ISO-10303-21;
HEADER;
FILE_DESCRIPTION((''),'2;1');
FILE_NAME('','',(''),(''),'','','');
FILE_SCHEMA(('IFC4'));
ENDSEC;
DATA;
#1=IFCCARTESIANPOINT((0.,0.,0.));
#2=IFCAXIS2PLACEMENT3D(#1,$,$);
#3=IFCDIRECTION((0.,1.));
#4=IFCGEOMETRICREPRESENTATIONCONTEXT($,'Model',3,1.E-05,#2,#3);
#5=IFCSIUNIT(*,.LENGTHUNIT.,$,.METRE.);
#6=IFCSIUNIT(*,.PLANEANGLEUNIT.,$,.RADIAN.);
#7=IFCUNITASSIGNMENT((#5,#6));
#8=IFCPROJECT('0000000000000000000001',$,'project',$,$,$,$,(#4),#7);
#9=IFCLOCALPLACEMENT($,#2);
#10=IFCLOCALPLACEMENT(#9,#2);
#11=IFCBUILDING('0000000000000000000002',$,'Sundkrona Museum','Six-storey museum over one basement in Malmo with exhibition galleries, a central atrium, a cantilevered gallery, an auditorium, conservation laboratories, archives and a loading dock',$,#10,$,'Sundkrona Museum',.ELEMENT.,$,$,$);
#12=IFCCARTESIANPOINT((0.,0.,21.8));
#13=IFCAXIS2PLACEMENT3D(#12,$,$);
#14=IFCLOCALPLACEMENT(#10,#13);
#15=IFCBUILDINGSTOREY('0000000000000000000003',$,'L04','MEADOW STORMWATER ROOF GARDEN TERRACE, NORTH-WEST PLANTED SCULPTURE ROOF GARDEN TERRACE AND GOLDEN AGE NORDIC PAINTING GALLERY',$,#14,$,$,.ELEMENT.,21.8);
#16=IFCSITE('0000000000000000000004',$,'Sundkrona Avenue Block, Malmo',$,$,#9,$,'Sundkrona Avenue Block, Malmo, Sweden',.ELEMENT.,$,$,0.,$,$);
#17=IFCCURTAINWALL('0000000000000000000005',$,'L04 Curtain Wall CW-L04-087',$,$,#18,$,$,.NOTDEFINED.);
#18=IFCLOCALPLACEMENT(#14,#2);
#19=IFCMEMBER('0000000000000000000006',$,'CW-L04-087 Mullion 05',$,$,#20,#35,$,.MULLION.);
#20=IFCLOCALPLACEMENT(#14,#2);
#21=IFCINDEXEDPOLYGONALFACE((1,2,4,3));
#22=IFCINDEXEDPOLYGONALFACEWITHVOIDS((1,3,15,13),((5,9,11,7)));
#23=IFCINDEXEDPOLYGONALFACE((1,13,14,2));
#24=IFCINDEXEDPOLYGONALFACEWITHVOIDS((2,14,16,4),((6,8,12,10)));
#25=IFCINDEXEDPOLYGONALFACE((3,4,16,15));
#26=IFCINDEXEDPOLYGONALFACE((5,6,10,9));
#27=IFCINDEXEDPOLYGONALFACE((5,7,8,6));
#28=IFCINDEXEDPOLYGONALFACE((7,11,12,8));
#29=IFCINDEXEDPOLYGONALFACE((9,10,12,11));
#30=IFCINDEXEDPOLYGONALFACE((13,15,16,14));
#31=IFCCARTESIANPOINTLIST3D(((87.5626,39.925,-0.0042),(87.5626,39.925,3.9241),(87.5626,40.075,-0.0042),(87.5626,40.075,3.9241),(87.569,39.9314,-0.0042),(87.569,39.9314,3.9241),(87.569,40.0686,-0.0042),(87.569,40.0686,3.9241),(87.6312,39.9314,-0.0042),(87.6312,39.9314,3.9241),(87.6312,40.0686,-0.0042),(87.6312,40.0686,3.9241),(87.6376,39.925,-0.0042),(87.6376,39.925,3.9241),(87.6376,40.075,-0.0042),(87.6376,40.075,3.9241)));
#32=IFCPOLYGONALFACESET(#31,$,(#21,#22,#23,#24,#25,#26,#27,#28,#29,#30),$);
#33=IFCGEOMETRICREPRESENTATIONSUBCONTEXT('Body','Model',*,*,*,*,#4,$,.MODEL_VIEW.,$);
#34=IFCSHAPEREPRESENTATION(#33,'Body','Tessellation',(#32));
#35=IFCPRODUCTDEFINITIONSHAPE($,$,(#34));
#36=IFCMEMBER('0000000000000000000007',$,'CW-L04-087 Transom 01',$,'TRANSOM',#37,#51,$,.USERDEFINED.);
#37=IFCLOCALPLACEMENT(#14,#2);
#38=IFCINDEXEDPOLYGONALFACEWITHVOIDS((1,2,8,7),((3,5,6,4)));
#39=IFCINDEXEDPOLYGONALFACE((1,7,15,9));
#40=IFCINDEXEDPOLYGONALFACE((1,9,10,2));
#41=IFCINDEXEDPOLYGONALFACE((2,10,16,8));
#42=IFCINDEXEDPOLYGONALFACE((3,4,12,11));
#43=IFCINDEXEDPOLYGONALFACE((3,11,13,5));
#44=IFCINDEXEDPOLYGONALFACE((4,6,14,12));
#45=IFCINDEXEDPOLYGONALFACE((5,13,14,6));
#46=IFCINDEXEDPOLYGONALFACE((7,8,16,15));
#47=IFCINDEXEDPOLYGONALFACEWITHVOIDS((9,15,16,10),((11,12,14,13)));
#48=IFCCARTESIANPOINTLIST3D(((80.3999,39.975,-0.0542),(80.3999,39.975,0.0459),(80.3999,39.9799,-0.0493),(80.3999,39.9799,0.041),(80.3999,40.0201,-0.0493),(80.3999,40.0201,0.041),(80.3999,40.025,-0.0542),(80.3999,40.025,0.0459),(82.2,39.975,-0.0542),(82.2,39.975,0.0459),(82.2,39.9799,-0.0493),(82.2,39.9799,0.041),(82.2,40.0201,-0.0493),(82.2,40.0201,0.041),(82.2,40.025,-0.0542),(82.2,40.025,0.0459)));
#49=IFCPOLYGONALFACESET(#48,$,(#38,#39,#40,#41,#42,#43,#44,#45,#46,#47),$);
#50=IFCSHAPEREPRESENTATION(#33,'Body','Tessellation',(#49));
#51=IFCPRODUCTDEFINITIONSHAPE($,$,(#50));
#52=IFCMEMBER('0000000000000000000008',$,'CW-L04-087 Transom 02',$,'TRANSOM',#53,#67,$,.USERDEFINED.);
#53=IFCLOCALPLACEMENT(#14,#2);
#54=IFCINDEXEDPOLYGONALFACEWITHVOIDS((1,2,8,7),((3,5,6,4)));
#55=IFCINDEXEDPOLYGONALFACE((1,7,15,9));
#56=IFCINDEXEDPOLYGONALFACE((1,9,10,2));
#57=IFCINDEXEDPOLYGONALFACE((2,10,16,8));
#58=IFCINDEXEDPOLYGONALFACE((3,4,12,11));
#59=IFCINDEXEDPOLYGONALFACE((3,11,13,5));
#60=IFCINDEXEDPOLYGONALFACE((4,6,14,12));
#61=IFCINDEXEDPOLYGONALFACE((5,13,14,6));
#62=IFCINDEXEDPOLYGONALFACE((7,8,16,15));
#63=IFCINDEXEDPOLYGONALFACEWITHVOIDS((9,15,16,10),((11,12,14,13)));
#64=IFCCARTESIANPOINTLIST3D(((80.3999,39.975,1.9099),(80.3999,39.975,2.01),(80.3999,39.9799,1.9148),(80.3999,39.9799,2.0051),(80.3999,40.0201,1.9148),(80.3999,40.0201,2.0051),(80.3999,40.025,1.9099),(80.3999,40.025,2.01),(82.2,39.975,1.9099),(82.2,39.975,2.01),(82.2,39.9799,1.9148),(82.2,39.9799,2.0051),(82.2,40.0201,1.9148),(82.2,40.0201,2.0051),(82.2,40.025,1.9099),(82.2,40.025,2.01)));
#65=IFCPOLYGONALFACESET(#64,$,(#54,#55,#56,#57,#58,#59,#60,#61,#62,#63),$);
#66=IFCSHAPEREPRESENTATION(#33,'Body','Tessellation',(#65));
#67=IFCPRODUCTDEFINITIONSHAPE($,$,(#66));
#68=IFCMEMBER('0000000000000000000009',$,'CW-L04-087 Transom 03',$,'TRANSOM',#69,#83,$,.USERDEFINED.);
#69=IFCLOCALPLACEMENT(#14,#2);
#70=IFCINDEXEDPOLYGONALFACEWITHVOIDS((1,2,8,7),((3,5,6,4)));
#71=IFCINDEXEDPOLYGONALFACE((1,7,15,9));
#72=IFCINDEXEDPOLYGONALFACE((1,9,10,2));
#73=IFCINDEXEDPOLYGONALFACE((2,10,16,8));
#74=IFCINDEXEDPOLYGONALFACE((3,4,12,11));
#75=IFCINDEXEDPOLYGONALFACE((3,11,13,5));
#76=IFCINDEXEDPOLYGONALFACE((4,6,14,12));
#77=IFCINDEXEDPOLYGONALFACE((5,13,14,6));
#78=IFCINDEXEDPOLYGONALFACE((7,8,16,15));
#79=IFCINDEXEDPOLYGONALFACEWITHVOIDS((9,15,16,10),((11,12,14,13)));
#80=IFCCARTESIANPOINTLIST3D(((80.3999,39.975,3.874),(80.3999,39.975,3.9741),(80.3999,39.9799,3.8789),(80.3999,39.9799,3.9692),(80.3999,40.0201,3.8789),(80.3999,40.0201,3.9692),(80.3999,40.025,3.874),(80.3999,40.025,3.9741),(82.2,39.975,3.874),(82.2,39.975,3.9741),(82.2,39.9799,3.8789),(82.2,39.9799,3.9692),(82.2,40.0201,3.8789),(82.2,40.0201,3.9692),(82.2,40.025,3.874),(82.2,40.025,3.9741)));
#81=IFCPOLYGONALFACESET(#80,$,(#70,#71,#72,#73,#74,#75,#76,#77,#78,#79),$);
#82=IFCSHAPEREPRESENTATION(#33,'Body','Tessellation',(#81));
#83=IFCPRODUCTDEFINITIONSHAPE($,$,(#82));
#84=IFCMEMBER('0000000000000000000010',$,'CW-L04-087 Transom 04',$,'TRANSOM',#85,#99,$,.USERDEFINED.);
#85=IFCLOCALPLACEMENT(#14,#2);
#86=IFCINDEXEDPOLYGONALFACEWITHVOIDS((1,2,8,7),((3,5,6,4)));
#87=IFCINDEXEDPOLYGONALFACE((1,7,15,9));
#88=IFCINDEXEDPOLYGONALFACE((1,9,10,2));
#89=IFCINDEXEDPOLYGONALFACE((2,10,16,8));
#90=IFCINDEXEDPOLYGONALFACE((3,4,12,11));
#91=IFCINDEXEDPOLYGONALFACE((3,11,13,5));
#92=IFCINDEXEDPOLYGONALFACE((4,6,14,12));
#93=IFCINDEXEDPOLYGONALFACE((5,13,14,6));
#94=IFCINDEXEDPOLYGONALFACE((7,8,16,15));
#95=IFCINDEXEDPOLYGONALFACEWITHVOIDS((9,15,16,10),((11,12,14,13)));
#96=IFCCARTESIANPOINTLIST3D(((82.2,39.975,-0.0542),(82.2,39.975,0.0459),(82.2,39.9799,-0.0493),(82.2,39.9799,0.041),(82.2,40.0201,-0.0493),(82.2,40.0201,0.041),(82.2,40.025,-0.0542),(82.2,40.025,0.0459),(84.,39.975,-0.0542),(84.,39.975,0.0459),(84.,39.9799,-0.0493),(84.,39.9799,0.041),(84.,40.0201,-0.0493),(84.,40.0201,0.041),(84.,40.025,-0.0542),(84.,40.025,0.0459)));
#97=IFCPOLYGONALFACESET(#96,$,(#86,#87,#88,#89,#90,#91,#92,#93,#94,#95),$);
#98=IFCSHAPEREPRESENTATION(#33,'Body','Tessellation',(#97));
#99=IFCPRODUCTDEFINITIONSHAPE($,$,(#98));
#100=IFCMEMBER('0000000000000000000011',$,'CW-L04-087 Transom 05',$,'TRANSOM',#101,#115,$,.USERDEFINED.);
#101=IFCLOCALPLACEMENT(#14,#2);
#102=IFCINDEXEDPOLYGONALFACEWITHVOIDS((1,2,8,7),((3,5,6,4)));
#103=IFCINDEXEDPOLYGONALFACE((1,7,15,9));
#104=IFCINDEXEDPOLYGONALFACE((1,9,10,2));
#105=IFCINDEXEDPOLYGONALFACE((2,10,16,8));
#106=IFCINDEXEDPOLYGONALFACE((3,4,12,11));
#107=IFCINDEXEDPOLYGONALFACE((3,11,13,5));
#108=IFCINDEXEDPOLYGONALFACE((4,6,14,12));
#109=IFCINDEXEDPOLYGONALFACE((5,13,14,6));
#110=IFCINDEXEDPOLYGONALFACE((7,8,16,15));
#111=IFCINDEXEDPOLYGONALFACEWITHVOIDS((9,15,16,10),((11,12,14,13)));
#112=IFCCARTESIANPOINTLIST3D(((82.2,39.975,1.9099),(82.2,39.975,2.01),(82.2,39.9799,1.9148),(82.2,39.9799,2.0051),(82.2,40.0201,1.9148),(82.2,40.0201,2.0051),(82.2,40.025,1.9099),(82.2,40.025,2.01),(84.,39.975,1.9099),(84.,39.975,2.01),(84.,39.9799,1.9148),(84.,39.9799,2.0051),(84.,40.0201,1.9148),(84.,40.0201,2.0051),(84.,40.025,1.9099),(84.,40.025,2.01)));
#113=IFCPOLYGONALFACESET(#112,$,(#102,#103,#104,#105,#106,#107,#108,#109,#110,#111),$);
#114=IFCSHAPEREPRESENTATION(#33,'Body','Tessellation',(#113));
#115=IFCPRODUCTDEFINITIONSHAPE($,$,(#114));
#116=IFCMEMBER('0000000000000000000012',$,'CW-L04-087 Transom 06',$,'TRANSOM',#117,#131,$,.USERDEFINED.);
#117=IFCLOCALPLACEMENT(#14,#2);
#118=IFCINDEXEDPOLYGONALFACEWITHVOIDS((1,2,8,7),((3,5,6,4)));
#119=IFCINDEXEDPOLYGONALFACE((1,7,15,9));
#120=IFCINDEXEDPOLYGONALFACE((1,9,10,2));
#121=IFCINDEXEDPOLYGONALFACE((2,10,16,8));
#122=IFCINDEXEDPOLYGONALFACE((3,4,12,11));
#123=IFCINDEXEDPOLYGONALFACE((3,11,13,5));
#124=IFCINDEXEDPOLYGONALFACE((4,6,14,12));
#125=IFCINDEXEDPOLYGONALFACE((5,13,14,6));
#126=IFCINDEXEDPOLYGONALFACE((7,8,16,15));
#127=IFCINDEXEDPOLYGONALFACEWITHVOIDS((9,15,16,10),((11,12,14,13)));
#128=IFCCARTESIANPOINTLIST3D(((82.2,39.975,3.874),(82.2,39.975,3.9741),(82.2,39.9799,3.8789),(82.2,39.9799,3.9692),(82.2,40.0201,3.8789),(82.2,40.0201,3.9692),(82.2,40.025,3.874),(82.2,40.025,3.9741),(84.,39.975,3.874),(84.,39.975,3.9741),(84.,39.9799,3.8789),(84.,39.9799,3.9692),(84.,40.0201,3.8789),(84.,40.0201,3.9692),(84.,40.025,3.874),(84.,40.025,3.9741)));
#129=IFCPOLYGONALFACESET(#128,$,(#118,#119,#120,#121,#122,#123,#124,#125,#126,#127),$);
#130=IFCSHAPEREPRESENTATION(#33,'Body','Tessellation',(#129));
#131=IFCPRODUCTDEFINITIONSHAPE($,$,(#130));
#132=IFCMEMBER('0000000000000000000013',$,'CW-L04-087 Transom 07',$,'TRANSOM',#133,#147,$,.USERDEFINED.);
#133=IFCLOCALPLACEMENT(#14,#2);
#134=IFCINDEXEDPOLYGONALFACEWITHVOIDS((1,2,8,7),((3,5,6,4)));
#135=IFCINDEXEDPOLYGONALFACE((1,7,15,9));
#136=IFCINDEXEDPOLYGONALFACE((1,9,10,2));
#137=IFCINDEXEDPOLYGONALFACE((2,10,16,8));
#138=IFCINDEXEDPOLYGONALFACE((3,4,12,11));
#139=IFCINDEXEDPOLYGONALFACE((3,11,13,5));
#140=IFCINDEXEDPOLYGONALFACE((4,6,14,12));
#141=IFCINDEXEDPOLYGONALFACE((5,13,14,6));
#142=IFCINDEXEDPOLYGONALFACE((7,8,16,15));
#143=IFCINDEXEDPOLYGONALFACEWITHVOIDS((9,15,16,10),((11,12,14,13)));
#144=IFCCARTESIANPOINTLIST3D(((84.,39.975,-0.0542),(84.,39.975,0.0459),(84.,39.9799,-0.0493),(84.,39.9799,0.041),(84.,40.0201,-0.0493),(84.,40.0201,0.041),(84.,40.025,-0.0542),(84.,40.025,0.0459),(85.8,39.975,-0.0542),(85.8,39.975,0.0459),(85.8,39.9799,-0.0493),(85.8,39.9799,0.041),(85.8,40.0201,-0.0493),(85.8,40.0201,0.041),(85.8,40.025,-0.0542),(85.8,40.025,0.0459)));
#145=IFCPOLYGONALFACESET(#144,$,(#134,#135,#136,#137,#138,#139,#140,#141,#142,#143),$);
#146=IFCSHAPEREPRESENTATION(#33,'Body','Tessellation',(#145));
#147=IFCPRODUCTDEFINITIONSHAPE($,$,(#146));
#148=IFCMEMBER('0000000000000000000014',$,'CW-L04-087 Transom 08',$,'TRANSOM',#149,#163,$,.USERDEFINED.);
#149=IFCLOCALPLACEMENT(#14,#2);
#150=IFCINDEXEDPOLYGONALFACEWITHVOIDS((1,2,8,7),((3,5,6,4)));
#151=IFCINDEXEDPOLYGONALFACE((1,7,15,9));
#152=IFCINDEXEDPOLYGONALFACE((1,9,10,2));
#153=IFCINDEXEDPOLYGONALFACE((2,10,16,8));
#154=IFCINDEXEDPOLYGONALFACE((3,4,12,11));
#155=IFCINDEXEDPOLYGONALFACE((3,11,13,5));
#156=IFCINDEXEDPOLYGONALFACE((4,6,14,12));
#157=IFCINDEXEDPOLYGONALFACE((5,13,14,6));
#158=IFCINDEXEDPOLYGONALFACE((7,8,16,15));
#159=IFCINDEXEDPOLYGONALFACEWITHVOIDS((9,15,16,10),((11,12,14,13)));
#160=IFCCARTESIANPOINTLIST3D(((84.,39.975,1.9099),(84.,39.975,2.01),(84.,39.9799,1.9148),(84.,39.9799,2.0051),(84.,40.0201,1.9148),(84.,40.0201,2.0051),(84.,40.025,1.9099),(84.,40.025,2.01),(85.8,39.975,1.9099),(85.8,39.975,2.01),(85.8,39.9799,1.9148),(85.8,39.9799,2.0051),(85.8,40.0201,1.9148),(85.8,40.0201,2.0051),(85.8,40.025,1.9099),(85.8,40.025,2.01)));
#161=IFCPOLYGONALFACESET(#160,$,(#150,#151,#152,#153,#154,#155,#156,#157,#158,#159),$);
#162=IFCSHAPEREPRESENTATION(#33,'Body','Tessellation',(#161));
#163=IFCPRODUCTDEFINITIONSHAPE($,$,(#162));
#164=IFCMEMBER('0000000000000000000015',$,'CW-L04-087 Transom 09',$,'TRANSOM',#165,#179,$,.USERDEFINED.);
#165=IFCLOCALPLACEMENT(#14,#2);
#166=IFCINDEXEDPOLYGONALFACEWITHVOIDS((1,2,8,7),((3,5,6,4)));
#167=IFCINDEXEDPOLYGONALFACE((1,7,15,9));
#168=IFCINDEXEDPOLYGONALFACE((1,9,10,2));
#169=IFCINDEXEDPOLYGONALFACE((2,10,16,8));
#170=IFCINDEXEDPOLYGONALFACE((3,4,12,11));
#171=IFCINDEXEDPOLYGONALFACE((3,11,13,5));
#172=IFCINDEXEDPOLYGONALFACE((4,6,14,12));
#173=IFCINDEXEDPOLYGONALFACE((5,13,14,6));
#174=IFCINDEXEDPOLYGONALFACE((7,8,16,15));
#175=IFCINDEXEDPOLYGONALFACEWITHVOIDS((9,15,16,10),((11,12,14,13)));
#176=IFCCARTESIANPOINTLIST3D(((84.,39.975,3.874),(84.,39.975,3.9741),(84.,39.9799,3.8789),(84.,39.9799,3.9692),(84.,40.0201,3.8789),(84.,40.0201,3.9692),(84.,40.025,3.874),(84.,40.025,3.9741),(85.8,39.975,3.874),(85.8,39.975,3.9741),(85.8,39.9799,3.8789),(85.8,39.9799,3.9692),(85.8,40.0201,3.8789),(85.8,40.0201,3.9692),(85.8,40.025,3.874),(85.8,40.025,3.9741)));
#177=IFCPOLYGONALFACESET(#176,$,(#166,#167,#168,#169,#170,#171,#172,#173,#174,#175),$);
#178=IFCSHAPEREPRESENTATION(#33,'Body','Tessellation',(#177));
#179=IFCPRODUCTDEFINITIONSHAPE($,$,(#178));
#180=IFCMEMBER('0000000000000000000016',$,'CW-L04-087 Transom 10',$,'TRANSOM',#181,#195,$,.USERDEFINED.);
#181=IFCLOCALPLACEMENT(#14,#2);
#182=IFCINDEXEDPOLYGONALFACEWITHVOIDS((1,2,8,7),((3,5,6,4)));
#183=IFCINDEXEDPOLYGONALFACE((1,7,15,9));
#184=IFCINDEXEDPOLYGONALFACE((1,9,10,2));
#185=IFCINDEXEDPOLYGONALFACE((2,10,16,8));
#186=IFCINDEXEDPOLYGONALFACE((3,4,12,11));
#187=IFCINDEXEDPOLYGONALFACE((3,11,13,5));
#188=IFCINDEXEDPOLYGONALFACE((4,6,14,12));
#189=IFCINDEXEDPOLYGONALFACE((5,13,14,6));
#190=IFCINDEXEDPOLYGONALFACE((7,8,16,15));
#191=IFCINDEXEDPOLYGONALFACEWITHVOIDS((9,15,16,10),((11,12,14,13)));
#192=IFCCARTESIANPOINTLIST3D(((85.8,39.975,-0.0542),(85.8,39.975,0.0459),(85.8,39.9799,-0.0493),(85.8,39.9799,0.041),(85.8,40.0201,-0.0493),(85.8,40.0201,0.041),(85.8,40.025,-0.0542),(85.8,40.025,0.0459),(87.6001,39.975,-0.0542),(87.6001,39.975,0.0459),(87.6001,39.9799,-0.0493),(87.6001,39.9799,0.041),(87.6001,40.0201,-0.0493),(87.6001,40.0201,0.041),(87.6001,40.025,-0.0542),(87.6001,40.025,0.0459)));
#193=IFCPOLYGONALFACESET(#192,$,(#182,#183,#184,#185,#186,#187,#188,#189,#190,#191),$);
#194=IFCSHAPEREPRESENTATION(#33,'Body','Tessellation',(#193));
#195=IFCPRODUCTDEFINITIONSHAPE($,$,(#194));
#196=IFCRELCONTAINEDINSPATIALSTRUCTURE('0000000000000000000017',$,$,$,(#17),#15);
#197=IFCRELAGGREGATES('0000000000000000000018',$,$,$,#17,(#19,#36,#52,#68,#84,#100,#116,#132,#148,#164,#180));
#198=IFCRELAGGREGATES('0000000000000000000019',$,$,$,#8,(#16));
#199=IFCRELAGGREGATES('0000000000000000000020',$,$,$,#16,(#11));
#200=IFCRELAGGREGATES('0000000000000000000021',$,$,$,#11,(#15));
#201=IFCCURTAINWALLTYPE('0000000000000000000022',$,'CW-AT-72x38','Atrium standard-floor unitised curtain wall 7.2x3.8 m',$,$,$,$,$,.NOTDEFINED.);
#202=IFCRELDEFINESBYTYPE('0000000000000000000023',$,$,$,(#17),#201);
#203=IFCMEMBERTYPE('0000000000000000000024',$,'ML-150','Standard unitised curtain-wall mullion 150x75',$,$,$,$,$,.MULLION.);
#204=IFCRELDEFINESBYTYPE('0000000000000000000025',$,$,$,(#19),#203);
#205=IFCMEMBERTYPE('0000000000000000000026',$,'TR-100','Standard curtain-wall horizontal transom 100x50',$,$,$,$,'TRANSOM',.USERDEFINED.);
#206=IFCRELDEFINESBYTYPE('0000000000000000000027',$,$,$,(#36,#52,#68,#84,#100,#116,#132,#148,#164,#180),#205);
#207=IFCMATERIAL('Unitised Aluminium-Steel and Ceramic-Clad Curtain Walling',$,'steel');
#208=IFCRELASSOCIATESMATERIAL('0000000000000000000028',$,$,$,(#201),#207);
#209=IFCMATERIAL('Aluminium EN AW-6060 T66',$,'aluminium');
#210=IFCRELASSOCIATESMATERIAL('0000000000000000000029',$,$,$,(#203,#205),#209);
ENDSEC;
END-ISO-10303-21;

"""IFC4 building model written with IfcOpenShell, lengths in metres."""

from ifc_helpers import new_model, si_unit, direction, frame, origin, origin_2d, place, context, subcontext, project, spatial, hollow_rectangle, extrude, material, material_profile, profile_set, type_object, element, aggregate, save


model = new_model("IFC4")

# Units and contexts
model_context = context("Model", 3, precision=1e-05, world=origin(), true_north=direction((0.0, 1.0)))
body_context = subcontext(model_context, "Body", "Model", "MODEL_VIEW")
ifc_project = project(units=[si_unit("LENGTHUNIT", "METRE"), si_unit("PLANEANGLEUNIT", "RADIAN")], contexts=[model_context])

# Site, building, storey
site_placement = place(None, origin())
site = spatial("IfcSite", under=ifc_project, at=site_placement, Name="Sundkrona Avenue Block, Malmo", LongName="Sundkrona Avenue Block, Malmo, Sweden", CompositionType="ELEMENT", RefElevation=0.0)
building_placement = place(site_placement, origin())
building = spatial("IfcBuilding", under=site, at=building_placement, Name="Sundkrona Museum", Description="Six-storey museum over one basement in Malmo with exhibition galleries, a central atrium, a cantilevered gallery, an auditorium, conservation laboratories, archives and a loading dock", LongName="Sundkrona Museum", CompositionType="ELEMENT")
storey_placement = place(building_placement, frame((0.0, 0.0, 21.8)))
storey = spatial("IfcBuildingStorey", under=building, at=storey_placement, Name="L04", Description="MEADOW STORMWATER ROOF GARDEN TERRACE, NORTH-WEST PLANTED SCULPTURE ROOF GARDEN TERRACE AND GOLDEN AGE NORDIC PAINTING GALLERY", CompositionType="ELEMENT", Elevation=21.8)

# Curtain wall, members
ifc_material_1 = material(Name="Unitised Aluminium-Steel and Ceramic-Clad Curtain Walling", Category="steel")
curtain_wall_type = type_object("IfcCurtainWallType", Name="CW-AT-72x38", Description="Atrium standard-floor unitised curtain wall 7.2x3.8 m", PredefinedType="NOTDEFINED", material=ifc_material_1)
ifc_material_2 = material(Name="Aluminium EN AW-6060 T66", Category="aluminium")
ifc_material_profile_1 = material_profile(ifc_material_2, hollow_rectangle(XDim=0.075, YDim=0.1499, WallThickness=0.0063, at=origin_2d()), Name="RHS 150x75x6.3")
ifc_profile_set_1 = profile_set([ifc_material_profile_1], Name="Aluminium EN AW-6060 T66")
member_type_1 = type_object("IfcMemberType", Name="ML-150", Description="Standard unitised curtain-wall mullion 150x75", PredefinedType="MULLION", material=ifc_profile_set_1)
curtain_wall_1_placement = place(storey_placement, origin())
curtain_wall_1 = element("IfcCurtainWall", 1, at=curtain_wall_1_placement, inside=storey, type_object=curtain_wall_type, Name="L04 Curtain Wall CW-L04-087", PredefinedType="NOTDEFINED")
member_1_placement = place(storey_placement, frame((87.6001, 40.0, -0.0042), z_axis=(0.0, 0.0, 1.0), x_axis=(1.0, 0.0, 0.0)))
member_1 = element("IfcMember", 2, at=member_1_placement, type_object=member_type_1, Name="CW-L04-087 Mullion 05", PredefinedType="MULLION", context=body_context, shape_type="SweptSolid", body=[
    extrude(hollow_rectangle(XDim=0.075, YDim=0.1499, WallThickness=0.0063, at=origin_2d()), origin(), (0.0, 0.0, 1.0), 3.9282),
])
ifc_material_profile_2 = material_profile(ifc_material_2, hollow_rectangle(XDim=0.05, YDim=0.1001, WallThickness=0.0049, at=origin_2d()), Name="RHS 100x50x5.0")
ifc_profile_set_2 = profile_set([ifc_material_profile_2], Name="Aluminium EN AW-6060 T66")
member_type_2 = type_object("IfcMemberType", Name="TR-100", Description="Standard curtain-wall horizontal transom 100x50", ElementType="TRANSOM", PredefinedType="USERDEFINED", material=ifc_profile_set_2)
member_2_placement = place(storey_placement, frame((80.3999, 40.0, -0.0042), z_axis=(1.0, 0.0, 0.0), x_axis=(0.0, 1.0, 0.0)))
member_2 = element("IfcMember", 3, at=member_2_placement, type_object=member_type_2, Name="CW-L04-087 Transom 01", ObjectType="TRANSOM", PredefinedType="USERDEFINED", context=body_context, shape_type="SweptSolid", body=[
    extrude(hollow_rectangle(XDim=0.05, YDim=0.1001, WallThickness=0.0049, at=origin_2d()), origin(), (0.0, 0.0, 1.0), 1.8),
])
member_3_placement = place(storey_placement, frame((80.3999, 40.0, 1.96), z_axis=(1.0, 0.0, 0.0), x_axis=(0.0, 1.0, 0.0)))
member_3 = element("IfcMember", 4, at=member_3_placement, type_object=member_type_2, Name="CW-L04-087 Transom 02", ObjectType="TRANSOM", PredefinedType="USERDEFINED", context=body_context, shape_type="SweptSolid", body=[
    extrude(hollow_rectangle(XDim=0.05, YDim=0.1001, WallThickness=0.0049, at=origin_2d()), origin(), (0.0, 0.0, 1.0), 1.8),
])
member_4_placement = place(storey_placement, frame((80.3999, 40.0, 3.9241), z_axis=(1.0, 0.0, 0.0), x_axis=(0.0, 1.0, 0.0)))
member_4 = element("IfcMember", 5, at=member_4_placement, type_object=member_type_2, Name="CW-L04-087 Transom 03", ObjectType="TRANSOM", PredefinedType="USERDEFINED", context=body_context, shape_type="SweptSolid", body=[
    extrude(hollow_rectangle(XDim=0.05, YDim=0.1001, WallThickness=0.0049, at=origin_2d()), origin(), (0.0, 0.0, 1.0), 1.8),
])
member_5_placement = place(storey_placement, frame((82.2, 40.0, -0.0042), z_axis=(1.0, 0.0, 0.0), x_axis=(0.0, 1.0, 0.0)))
member_5 = element("IfcMember", 6, at=member_5_placement, type_object=member_type_2, Name="CW-L04-087 Transom 04", ObjectType="TRANSOM", PredefinedType="USERDEFINED", context=body_context, shape_type="SweptSolid", body=[
    extrude(hollow_rectangle(XDim=0.05, YDim=0.1001, WallThickness=0.0049, at=origin_2d()), origin(), (0.0, 0.0, 1.0), 1.8),
])
member_6_placement = place(storey_placement, frame((82.2, 40.0, 1.96), z_axis=(1.0, 0.0, 0.0), x_axis=(0.0, 1.0, 0.0)))
member_6 = element("IfcMember", 7, at=member_6_placement, type_object=member_type_2, Name="CW-L04-087 Transom 05", ObjectType="TRANSOM", PredefinedType="USERDEFINED", context=body_context, shape_type="SweptSolid", body=[
    extrude(hollow_rectangle(XDim=0.05, YDim=0.1001, WallThickness=0.0049, at=origin_2d()), origin(), (0.0, 0.0, 1.0), 1.8),
])
member_7_placement = place(storey_placement, frame((82.2, 40.0, 3.9241), z_axis=(1.0, 0.0, 0.0), x_axis=(0.0, 1.0, 0.0)))
member_7 = element("IfcMember", 8, at=member_7_placement, type_object=member_type_2, Name="CW-L04-087 Transom 06", ObjectType="TRANSOM", PredefinedType="USERDEFINED", context=body_context, shape_type="SweptSolid", body=[
    extrude(hollow_rectangle(XDim=0.05, YDim=0.1001, WallThickness=0.0049, at=origin_2d()), origin(), (0.0, 0.0, 1.0), 1.8),
])
member_8_placement = place(storey_placement, frame((84.0, 40.0, -0.0042), z_axis=(1.0, 0.0, 0.0), x_axis=(0.0, 1.0, 0.0)))
member_8 = element("IfcMember", 9, at=member_8_placement, type_object=member_type_2, Name="CW-L04-087 Transom 07", ObjectType="TRANSOM", PredefinedType="USERDEFINED", context=body_context, shape_type="SweptSolid", body=[
    extrude(hollow_rectangle(XDim=0.05, YDim=0.1001, WallThickness=0.0049, at=origin_2d()), origin(), (0.0, 0.0, 1.0), 1.8),
])
member_9_placement = place(storey_placement, frame((84.0, 40.0, 1.96), z_axis=(1.0, 0.0, 0.0), x_axis=(0.0, 1.0, 0.0)))
member_9 = element("IfcMember", 10, at=member_9_placement, type_object=member_type_2, Name="CW-L04-087 Transom 08", ObjectType="TRANSOM", PredefinedType="USERDEFINED", context=body_context, shape_type="SweptSolid", body=[
    extrude(hollow_rectangle(XDim=0.05, YDim=0.1001, WallThickness=0.0049, at=origin_2d()), origin(), (0.0, 0.0, 1.0), 1.8),
])
member_10_placement = place(storey_placement, frame((84.0, 40.0, 3.9241), z_axis=(1.0, 0.0, 0.0), x_axis=(0.0, 1.0, 0.0)))
member_10 = element("IfcMember", 11, at=member_10_placement, type_object=member_type_2, Name="CW-L04-087 Transom 09", ObjectType="TRANSOM", PredefinedType="USERDEFINED", context=body_context, shape_type="SweptSolid", body=[
    extrude(hollow_rectangle(XDim=0.05, YDim=0.1001, WallThickness=0.0049, at=origin_2d()), origin(), (0.0, 0.0, 1.0), 1.8),
])
member_11_placement = place(storey_placement, frame((85.8, 40.0, -0.0042), z_axis=(1.0, 0.0, 0.0), x_axis=(0.0, 1.0, 0.0)))
member_11 = element("IfcMember", 12, at=member_11_placement, type_object=member_type_2, Name="CW-L04-087 Transom 10", ObjectType="TRANSOM", PredefinedType="USERDEFINED", context=body_context, shape_type="SweptSolid", body=[
    extrude(hollow_rectangle(XDim=0.05, YDim=0.1001, WallThickness=0.0049, at=origin_2d()), origin(), (0.0, 0.0, 1.0), 1.8),
])

aggregate(curtain_wall_1, [member_1, member_2, member_3, member_4, member_5, member_6, member_7, member_8, member_9, member_10, member_11])

save(model, "model.ifc")
